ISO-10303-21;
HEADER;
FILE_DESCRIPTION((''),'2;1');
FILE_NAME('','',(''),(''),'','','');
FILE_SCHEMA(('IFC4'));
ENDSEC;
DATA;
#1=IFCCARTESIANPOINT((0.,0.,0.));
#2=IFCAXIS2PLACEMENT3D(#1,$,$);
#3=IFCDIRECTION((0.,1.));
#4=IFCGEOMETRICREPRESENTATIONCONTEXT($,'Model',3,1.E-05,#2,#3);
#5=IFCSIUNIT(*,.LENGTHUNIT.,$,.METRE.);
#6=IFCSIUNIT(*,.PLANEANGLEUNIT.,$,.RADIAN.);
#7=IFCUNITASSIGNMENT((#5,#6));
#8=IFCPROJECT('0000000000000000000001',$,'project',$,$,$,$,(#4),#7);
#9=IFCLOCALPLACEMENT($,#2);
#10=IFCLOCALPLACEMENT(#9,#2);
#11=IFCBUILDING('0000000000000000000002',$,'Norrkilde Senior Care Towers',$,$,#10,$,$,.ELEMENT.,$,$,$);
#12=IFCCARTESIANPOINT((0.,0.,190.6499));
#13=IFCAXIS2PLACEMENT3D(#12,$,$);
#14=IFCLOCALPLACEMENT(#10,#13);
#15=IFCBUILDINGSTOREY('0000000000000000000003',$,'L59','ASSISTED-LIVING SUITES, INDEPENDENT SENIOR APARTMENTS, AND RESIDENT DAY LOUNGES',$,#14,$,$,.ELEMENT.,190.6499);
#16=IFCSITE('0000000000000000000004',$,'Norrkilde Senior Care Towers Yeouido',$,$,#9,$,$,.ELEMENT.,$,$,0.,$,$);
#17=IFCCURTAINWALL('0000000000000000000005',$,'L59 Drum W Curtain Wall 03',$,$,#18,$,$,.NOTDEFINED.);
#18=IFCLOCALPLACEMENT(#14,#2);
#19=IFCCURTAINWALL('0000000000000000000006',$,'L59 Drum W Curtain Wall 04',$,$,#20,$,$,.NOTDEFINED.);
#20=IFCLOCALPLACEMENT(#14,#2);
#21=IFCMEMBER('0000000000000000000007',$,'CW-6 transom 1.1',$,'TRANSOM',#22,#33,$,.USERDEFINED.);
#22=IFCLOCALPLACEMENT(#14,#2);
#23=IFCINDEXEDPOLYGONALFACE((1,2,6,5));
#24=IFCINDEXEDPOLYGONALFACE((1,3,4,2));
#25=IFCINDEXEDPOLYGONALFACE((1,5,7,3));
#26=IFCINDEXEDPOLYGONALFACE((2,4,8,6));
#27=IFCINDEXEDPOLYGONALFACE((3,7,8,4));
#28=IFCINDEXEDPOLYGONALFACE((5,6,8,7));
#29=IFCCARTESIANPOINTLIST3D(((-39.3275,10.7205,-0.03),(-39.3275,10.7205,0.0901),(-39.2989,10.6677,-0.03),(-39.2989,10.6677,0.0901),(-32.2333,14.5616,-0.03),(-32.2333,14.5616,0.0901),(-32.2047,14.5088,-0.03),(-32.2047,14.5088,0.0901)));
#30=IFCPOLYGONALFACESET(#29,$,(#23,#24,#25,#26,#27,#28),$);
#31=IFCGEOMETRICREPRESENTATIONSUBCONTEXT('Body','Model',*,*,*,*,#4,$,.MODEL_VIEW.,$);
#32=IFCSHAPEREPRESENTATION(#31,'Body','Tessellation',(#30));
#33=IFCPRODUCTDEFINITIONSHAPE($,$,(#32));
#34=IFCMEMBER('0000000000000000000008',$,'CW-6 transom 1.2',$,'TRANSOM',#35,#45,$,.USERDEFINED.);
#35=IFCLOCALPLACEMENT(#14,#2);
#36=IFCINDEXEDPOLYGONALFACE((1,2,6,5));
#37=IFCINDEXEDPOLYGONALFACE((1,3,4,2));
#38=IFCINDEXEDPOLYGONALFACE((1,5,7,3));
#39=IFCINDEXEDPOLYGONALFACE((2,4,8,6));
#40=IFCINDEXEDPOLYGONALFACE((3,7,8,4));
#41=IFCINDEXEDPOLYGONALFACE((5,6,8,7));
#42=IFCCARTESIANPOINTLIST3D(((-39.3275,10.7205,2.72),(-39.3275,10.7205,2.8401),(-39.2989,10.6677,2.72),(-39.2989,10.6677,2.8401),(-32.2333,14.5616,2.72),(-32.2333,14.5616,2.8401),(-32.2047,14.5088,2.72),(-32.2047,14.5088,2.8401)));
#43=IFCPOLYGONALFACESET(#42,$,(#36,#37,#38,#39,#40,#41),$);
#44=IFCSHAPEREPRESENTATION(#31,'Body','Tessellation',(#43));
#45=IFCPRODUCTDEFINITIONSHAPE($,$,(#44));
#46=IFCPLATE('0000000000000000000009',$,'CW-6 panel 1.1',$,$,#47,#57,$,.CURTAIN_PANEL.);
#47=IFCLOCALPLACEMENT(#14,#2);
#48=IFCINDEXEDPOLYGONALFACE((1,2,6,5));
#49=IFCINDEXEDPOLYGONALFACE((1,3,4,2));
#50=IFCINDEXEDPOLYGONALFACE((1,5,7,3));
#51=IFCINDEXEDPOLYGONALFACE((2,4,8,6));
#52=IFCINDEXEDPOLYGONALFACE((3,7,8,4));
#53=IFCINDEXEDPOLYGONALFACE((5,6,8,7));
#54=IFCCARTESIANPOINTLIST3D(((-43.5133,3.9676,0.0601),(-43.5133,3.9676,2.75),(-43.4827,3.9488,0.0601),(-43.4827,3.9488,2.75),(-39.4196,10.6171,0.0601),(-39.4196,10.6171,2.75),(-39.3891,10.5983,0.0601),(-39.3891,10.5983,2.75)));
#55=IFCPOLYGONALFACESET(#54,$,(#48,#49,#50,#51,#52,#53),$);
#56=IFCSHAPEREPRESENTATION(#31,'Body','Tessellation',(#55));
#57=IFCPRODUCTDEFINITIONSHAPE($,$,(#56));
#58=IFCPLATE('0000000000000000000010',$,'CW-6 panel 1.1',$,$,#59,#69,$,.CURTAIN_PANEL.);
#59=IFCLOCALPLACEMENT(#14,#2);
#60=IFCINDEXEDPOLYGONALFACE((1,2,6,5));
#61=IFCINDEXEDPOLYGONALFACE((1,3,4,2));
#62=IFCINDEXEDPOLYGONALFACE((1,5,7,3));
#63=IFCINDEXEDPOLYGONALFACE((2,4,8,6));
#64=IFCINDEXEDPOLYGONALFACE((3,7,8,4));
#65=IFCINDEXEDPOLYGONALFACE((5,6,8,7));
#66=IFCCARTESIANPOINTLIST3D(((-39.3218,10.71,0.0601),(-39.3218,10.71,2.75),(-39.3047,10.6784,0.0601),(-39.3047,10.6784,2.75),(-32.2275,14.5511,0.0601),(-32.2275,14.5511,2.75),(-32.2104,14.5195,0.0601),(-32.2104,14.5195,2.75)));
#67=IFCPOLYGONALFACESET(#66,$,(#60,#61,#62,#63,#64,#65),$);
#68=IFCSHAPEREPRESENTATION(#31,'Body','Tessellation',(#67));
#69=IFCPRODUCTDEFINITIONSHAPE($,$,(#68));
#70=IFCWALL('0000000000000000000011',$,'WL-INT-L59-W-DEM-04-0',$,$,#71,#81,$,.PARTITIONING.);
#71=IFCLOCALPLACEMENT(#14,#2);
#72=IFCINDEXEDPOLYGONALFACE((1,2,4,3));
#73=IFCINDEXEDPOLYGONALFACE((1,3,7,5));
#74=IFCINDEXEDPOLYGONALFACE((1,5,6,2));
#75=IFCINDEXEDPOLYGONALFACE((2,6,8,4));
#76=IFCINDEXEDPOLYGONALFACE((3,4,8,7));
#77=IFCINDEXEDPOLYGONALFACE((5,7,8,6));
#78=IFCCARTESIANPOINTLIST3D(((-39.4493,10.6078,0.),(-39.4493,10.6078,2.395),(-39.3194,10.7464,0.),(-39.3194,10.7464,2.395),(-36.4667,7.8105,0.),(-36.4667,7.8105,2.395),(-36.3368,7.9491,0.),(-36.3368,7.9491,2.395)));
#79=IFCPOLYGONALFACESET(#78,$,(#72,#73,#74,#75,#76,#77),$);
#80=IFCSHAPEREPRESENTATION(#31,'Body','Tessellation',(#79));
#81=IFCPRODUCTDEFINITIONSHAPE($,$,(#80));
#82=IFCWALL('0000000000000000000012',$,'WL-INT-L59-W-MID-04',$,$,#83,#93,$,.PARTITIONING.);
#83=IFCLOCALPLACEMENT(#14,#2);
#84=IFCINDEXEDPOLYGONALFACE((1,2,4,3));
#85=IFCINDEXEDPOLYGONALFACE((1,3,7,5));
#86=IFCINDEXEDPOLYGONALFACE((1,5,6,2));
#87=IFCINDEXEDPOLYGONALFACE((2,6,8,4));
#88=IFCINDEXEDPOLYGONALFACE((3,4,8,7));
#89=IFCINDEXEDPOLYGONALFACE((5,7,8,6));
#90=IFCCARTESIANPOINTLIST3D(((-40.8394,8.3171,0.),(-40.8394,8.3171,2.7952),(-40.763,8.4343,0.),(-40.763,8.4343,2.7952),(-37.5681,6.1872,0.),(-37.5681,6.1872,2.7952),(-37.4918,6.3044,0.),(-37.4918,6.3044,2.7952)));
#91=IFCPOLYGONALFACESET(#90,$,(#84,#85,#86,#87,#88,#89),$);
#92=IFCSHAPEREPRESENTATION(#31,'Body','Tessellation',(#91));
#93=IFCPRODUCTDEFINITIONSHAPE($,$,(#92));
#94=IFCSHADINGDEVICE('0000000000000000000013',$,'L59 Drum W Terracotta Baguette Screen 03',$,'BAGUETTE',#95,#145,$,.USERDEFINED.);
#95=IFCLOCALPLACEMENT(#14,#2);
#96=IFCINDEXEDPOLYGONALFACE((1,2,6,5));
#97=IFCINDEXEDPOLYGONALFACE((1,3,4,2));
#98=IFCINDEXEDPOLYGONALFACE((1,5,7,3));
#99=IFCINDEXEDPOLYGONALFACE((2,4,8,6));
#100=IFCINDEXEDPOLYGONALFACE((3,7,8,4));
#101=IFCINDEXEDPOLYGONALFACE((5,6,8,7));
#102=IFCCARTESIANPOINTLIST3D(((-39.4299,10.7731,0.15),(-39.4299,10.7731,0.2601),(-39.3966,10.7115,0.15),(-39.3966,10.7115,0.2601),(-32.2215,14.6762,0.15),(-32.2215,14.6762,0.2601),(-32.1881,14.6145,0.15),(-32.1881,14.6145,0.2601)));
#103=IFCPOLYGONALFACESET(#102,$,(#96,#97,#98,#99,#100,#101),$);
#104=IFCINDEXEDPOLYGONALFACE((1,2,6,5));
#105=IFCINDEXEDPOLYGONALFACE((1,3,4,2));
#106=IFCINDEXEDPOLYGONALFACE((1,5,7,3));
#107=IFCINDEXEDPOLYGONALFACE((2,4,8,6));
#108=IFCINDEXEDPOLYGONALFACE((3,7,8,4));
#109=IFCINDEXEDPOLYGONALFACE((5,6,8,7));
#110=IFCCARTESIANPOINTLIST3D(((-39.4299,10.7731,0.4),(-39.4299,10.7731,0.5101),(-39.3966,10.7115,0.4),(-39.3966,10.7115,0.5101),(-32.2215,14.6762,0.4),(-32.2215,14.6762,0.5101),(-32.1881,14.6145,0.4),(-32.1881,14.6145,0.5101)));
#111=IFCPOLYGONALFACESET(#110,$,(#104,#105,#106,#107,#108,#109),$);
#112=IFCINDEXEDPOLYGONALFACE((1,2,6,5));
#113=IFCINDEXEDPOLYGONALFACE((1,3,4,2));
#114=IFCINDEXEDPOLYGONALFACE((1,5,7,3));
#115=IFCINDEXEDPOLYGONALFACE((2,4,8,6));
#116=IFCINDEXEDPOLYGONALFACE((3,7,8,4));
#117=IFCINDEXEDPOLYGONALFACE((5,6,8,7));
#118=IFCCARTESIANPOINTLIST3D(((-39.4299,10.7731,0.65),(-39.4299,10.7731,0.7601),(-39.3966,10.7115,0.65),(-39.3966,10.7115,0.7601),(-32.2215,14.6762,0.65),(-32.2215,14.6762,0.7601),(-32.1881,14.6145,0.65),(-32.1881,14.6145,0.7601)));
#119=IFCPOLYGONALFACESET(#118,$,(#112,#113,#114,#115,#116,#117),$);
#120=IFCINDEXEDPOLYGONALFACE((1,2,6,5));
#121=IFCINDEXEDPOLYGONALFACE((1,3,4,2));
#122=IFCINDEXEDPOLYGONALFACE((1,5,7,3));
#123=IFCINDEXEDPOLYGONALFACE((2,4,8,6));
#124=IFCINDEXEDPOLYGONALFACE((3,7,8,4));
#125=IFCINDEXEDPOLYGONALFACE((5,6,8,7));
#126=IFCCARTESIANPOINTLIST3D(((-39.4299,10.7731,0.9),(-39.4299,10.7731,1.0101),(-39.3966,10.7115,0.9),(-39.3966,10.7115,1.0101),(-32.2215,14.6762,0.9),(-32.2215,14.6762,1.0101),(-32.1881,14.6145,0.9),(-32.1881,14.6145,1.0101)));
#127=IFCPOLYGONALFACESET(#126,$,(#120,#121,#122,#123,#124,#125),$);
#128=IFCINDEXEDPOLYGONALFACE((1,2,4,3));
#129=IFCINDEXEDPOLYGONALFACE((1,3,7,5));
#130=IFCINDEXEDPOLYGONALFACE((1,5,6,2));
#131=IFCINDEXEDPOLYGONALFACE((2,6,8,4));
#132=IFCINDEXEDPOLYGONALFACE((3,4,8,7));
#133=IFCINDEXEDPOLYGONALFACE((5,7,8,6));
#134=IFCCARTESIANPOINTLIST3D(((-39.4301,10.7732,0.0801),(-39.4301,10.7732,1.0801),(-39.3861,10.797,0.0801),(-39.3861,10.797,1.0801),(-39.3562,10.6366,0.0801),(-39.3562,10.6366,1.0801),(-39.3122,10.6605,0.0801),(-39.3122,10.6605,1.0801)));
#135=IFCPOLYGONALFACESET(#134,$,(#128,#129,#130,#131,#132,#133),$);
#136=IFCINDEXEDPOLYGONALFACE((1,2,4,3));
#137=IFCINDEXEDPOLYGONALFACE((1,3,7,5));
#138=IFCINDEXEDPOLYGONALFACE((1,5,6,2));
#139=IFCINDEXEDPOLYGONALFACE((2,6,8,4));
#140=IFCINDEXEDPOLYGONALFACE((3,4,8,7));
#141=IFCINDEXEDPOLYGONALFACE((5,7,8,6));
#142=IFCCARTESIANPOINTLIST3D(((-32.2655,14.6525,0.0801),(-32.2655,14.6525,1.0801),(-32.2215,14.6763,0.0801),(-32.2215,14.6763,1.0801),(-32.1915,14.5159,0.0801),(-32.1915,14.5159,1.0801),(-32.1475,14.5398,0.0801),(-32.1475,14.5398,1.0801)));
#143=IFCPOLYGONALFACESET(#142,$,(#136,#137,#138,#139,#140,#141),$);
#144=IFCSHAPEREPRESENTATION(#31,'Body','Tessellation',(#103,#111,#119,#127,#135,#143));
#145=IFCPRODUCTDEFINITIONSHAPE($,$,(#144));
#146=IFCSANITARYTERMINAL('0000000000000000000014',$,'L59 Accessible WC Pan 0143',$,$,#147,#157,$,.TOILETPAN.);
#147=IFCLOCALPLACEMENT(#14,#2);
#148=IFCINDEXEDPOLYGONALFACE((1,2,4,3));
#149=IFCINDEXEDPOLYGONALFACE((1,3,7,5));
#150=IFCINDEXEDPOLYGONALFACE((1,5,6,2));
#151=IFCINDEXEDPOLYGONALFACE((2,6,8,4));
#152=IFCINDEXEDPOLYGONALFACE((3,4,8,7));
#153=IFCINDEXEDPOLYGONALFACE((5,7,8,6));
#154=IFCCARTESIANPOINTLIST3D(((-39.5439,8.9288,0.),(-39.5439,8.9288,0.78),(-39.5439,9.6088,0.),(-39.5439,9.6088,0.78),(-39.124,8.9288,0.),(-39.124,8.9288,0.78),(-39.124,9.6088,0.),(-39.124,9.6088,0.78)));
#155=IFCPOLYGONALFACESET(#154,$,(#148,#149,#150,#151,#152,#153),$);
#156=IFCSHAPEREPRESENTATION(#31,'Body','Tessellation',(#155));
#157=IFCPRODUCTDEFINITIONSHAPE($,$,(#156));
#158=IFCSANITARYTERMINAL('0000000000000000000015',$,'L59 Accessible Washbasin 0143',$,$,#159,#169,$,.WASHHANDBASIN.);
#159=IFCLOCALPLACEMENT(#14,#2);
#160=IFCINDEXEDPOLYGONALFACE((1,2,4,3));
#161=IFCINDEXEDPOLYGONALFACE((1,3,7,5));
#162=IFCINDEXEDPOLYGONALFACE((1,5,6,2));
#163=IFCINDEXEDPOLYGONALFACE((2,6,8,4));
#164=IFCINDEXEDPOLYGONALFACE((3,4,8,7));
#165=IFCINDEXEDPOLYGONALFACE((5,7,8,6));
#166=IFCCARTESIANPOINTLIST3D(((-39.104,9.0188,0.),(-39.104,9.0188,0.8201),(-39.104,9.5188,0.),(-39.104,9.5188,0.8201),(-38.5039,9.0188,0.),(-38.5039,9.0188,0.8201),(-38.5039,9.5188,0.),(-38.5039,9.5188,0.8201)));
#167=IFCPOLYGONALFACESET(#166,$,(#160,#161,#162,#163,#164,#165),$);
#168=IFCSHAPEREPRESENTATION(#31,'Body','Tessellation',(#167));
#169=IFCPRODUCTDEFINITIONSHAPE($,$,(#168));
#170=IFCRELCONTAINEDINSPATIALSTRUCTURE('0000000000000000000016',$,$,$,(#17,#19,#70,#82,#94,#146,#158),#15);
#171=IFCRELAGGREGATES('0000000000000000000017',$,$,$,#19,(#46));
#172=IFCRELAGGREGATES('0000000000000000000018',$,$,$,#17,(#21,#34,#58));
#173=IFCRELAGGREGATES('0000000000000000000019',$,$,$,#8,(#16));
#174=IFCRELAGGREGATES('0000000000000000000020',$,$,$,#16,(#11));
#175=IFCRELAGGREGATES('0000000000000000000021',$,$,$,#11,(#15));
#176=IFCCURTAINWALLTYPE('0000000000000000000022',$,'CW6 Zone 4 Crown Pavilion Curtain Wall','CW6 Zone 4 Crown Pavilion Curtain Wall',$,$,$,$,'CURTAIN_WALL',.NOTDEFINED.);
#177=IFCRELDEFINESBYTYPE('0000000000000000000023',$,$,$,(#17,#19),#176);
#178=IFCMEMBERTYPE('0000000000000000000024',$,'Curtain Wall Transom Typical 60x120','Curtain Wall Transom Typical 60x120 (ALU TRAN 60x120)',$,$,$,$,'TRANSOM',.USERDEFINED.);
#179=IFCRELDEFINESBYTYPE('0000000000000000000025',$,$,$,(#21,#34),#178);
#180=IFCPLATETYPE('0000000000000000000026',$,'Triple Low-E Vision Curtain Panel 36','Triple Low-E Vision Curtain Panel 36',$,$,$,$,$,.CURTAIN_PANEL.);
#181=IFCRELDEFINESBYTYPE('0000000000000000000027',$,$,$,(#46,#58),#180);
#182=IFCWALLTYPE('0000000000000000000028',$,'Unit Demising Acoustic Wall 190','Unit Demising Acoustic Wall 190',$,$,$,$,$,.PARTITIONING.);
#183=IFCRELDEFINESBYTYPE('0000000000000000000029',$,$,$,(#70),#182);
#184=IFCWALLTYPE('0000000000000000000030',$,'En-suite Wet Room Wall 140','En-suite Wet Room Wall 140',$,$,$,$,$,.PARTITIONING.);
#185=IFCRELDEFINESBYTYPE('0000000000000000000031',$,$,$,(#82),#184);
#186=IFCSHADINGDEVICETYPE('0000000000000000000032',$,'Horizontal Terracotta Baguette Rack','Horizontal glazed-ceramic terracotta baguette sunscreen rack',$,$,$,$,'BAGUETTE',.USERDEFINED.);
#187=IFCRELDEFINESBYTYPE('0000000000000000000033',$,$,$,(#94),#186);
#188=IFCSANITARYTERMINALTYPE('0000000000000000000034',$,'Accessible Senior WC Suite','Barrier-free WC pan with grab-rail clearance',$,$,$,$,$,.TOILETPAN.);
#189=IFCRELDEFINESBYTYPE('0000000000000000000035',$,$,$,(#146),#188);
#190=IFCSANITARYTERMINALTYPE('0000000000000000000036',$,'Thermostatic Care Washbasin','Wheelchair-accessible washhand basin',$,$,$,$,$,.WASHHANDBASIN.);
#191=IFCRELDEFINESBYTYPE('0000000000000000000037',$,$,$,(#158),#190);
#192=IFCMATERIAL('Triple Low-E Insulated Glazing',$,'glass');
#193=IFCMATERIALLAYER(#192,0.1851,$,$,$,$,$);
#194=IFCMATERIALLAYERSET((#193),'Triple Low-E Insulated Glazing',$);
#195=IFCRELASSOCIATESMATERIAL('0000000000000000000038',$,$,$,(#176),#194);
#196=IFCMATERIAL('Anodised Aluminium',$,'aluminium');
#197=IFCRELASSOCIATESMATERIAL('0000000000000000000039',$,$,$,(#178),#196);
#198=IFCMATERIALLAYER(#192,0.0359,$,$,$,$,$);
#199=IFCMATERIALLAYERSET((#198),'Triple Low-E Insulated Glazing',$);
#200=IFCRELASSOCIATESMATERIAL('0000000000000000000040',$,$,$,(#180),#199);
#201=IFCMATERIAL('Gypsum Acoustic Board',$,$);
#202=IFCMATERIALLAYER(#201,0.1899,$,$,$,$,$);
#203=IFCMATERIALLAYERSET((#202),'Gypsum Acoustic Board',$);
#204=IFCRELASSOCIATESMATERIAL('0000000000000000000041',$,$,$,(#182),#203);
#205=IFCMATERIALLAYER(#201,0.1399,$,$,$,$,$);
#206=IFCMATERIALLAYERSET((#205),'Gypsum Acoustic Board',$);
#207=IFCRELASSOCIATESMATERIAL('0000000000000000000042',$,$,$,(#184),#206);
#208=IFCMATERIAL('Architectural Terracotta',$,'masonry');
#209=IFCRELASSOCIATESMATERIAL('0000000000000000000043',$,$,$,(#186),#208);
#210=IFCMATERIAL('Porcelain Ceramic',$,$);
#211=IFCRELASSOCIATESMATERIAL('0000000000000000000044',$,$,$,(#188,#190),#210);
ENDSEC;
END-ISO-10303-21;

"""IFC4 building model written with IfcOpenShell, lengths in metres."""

from ifc_helpers import new_model, si_unit, direction, frame, frame_2d, origin, origin_2d, place, context, subcontext, project, spatial, rectangle, extrude, source, transform, mapped, material, layer, layer_set, material_profile, profile_set, type_object, type_shapes, element, aggregate, save


model = new_model("IFC4")

# Units and contexts
model_context = context("Model", 3, precision=1e-05, world=origin(), true_north=direction((0.0, 1.0)))
body_context = subcontext(model_context, "Body", "Model", "MODEL_VIEW")
ifc_project = project(units=[si_unit("LENGTHUNIT", "METRE"), si_unit("PLANEANGLEUNIT", "RADIAN")], contexts=[model_context])

# Site, building, storey
site_placement = place(None, origin())
site = spatial("IfcSite", under=ifc_project, at=site_placement, Name="Norrkilde Senior Care Towers Yeouido", CompositionType="ELEMENT", RefElevation=0.0)
building_placement = place(site_placement, origin())
building = spatial("IfcBuilding", under=site, at=building_placement, Name="Norrkilde Senior Care Towers", CompositionType="ELEMENT")
storey_placement = place(building_placement, frame((0.0, 0.0, 190.6499)))
storey = spatial("IfcBuildingStorey", under=building, at=storey_placement, Name="L59", Description="ASSISTED-LIVING SUITES, INDEPENDENT SENIOR APARTMENTS, AND RESIDENT DAY LOUNGES", CompositionType="ELEMENT", Elevation=190.6499)

# Curtain walls
ifc_material_1 = material(Name="Triple Low-E Insulated Glazing", Category="glass")
ifc_layer_1 = layer(ifc_material_1, 0.1851)
ifc_layer_set_1 = layer_set([ifc_layer_1], Name="Triple Low-E Insulated Glazing")
curtain_wall_type = type_object("IfcCurtainWallType", Name="CW6 Zone 4 Crown Pavilion Curtain Wall", Description="CW6 Zone 4 Crown Pavilion Curtain Wall", ElementType="CURTAIN_WALL", PredefinedType="NOTDEFINED", material=ifc_layer_set_1)
curtain_wall_1_placement = place(storey_placement, origin())
curtain_wall_1 = element("IfcCurtainWall", 1, at=curtain_wall_1_placement, inside=storey, type_object=curtain_wall_type, Name="L59 Drum W Curtain Wall 03", PredefinedType="NOTDEFINED")
ifc_material_2 = material(Name="Anodised Aluminium", Category="aluminium")
curtain_wall_2_placement = place(storey_placement, origin())
curtain_wall_2 = element("IfcCurtainWall", 2, at=curtain_wall_2_placement, inside=storey, type_object=curtain_wall_type, Name="L59 Drum W Curtain Wall 04", PredefinedType="NOTDEFINED")

# Members
ifc_material_profile_1 = material_profile(ifc_material_2, rectangle(XDim=0.0601, YDim=0.1201, at=origin_2d()), Name="ALU TRAN 60x120")
ifc_profile_set_1 = profile_set([ifc_material_profile_1], Name="Anodised Aluminium")
member_type_1 = type_object("IfcMemberType", Name="Curtain Wall Transom Typical 60x120", Description="Curtain Wall Transom Typical 60x120 (ALU TRAN 60x120)", ElementType="TRANSOM", PredefinedType="USERDEFINED", material=ifc_profile_set_1)
shared_shape_1 = source(origin(), body_context, "Body", "SweptSolid", [
    extrude(rectangle(XDim=0.0601, YDim=0.1201, at=origin_2d()), origin(), (0.0, 0.0, 1.0), 8.0674),
])
type_shapes(member_type_1, [shared_shape_1])
member_1_placement = place(storey_placement, frame((-39.3132, 10.6941, 0.03), z_axis=(0.879378, 0.476125, 0.0), x_axis=(-0.476125, 0.879378, 0.0)))
member_1 = element("IfcMember", 3, at=member_1_placement, type_object=member_type_1, Name="CW-6 transom 1.1", ObjectType="TRANSOM", PredefinedType="USERDEFINED", context=body_context, shape_type="MappedRepresentation", body=[
    mapped(shared_shape_1, transform((0.0, 0.0, 0.0), x_axis=(1.0, 0.0, 0.0), y_axis=(0.0, 1.0, 0.0), z_axis=(0.0, 0.0, 1.0), scale=1.0)),
])
member_2_placement = place(storey_placement, frame((-39.3132, 10.6941, 2.78), z_axis=(0.879378, 0.476125, 0.0), x_axis=(-0.476125, 0.879378, 0.0)))
member_2 = element("IfcMember", 4, at=member_2_placement, type_object=member_type_1, Name="CW-6 transom 1.2", ObjectType="TRANSOM", PredefinedType="USERDEFINED", context=body_context, shape_type="MappedRepresentation", body=[
    mapped(shared_shape_1, transform((0.0, 0.0, 0.0), x_axis=(1.0, 0.0, 0.0), y_axis=(0.0, 1.0, 0.0), z_axis=(0.0, 0.0, 1.0), scale=1.0)),
])

# Plates
ifc_layer_2 = layer(ifc_material_1, 0.0359)
ifc_layer_set_2 = layer_set([ifc_layer_2], Name="Triple Low-E Insulated Glazing")
plate_type = type_object("IfcPlateType", Name="Triple Low-E Vision Curtain Panel 36", Description="Triple Low-E Vision Curtain Panel 36", PredefinedType="CURTAIN_PANEL", material=ifc_layer_set_2)
shared_shape_2 = source(origin(), body_context, "Body", "SweptSolid", [
    extrude(rectangle(XDim=7.8086, YDim=0.0359, at=origin_2d()), origin(), (0.0, 0.0, 1.0), 2.6899),
])
plate_1_placement = place(storey_placement, frame((-41.4512, 7.283, 0.0601), z_axis=(0.0, 0.0, 1.0), x_axis=(0.524253, 0.851563, 0.0)))
plate_1 = element("IfcPlate", 5, at=plate_1_placement, type_object=plate_type, Name="CW-6 panel 1.1", PredefinedType="CURTAIN_PANEL", context=body_context, shape_type="MappedRepresentation", body=[
    mapped(shared_shape_2, transform((0.0, 0.0, 0.0), x_axis=(1.0, 0.0, 0.0), y_axis=(0.0, 1.0, 0.0), z_axis=(0.0, 0.0, 1.0), scale=1.0)),
])
aggregate(curtain_wall_2, [plate_1])
shared_shape_3 = source(origin(), body_context, "Body", "SweptSolid", [
    extrude(rectangle(XDim=8.0674, YDim=0.0359, at=origin_2d()), origin(), (0.0, 0.0, 1.0), 2.6899),
])
type_shapes(plate_type, [shared_shape_2, shared_shape_3])
plate_2_placement = place(storey_placement, frame((-35.7661, 12.6147, 0.0601), z_axis=(0.0, 0.0, 1.0), x_axis=(0.879373, 0.476133, 0.0)))
plate_2 = element("IfcPlate", 6, at=plate_2_placement, type_object=plate_type, Name="CW-6 panel 1.1", PredefinedType="CURTAIN_PANEL", context=body_context, shape_type="MappedRepresentation", body=[
    mapped(shared_shape_3, transform((0.0, 0.0, 0.0), x_axis=(1.0, 0.0, 0.0), y_axis=(0.0, 1.0, 0.0), z_axis=(0.0, 0.0, 1.0), scale=1.0)),
])
aggregate(curtain_wall_1, [member_1, member_2, plate_2])

# Shared definitions
ifc_material_3 = material(Name="Gypsum Acoustic Board")

# Walls
ifc_layer_3 = layer(ifc_material_3, 0.1899)
ifc_layer_set_3 = layer_set([ifc_layer_3], Name="Gypsum Acoustic Board")
wall_type_1 = type_object("IfcWallType", Name="Unit Demising Acoustic Wall 190", Description="Unit Demising Acoustic Wall 190", PredefinedType="PARTITIONING", material=ifc_layer_set_3)
shared_shape_4 = source(origin(), body_context, "Body", "SweptSolid", [
    extrude(rectangle(XDim=4.0891, YDim=0.1899, at=frame_2d((2.0444, 0.0))), origin(), (0.0, 0.0, 1.0), 2.395),
])
type_shapes(wall_type_1, [shared_shape_4])
wall_1_placement = place(storey_placement, frame((-36.4019, 7.8799, 0.0), z_axis=(0.0, 0.0, 1.0), x_axis=(-0.729401, 0.684086, 0.0)))
element("IfcWall", 7, at=wall_1_placement, inside=storey, type_object=wall_type_1, Name="WL-INT-L59-W-DEM-04-0", PredefinedType="PARTITIONING", context=body_context, shape_type="MappedRepresentation", body=[
    mapped(shared_shape_4, transform((0.0, 0.0, 0.0), x_axis=(1.0, 0.0, 0.0), y_axis=(0.0, 1.0, 0.0), z_axis=(0.0, 0.0, 1.0), scale=1.0)),
])
ifc_layer_4 = layer(ifc_material_3, 0.1399)
ifc_layer_set_4 = layer_set([ifc_layer_4], Name="Gypsum Acoustic Board")
wall_type_2 = type_object("IfcWallType", Name="En-suite Wet Room Wall 140", Description="En-suite Wet Room Wall 140", PredefinedType="PARTITIONING", material=ifc_layer_set_4)
shared_shape_5 = source(origin(), body_context, "Body", "SweptSolid", [
    extrude(rectangle(XDim=3.9036, YDim=0.1399, at=frame_2d((1.9517, 0.0))), origin(), (0.0, 0.0, 1.0), 2.7952),
])
type_shapes(wall_type_2, [shared_shape_5])
wall_2_placement = place(storey_placement, frame((-37.53, 6.2458, 0.0), z_axis=(0.0, 0.0, 1.0), x_axis=(-0.838025, 0.545632, 0.0)))
element("IfcWall", 8, at=wall_2_placement, inside=storey, type_object=wall_type_2, Name="WL-INT-L59-W-MID-04", PredefinedType="PARTITIONING", context=body_context, shape_type="MappedRepresentation", body=[
    mapped(shared_shape_5, transform((0.0, 0.0, 0.0), x_axis=(1.0, 0.0, 0.0), y_axis=(0.0, 1.0, 0.0), z_axis=(0.0, 0.0, 1.0), scale=1.0)),
])

# Shading device
ifc_material_4 = material(Name="Architectural Terracotta", Category="masonry")
shading_device_type = type_object("IfcShadingDeviceType", Name="Horizontal Terracotta Baguette Rack", Description="Horizontal glazed-ceramic terracotta baguette sunscreen rack", ElementType="BAGUETTE", PredefinedType="USERDEFINED", material=ifc_material_4)
shared_shape_6 = source(origin(), body_context, "Body", "SweptSolid", [
    extrude(rectangle(XDim=0.0701, YDim=0.1101, at=origin_2d()), frame((0.0, 0.0901, 0.125), z_axis=(1.0, 0.0, 0.0), x_axis=(0.0, 1.0, 0.0)), (0.0, 0.0, 1.0), 8.1973),
    extrude(rectangle(XDim=0.0701, YDim=0.1101, at=origin_2d()), frame((0.0, 0.0901, 0.375), z_axis=(1.0, 0.0, 0.0), x_axis=(0.0, 1.0, 0.0)), (0.0, 0.0, 1.0), 8.1973),
    extrude(rectangle(XDim=0.0701, YDim=0.1101, at=origin_2d()), frame((0.0, 0.0901, 0.625), z_axis=(1.0, 0.0, 0.0), x_axis=(0.0, 1.0, 0.0)), (0.0, 0.0, 1.0), 8.1973),
    extrude(rectangle(XDim=0.0701, YDim=0.1101, at=origin_2d()), frame((0.0, 0.0901, 0.875), z_axis=(1.0, 0.0, 0.0), x_axis=(0.0, 1.0, 0.0)), (0.0, 0.0, 1.0), 8.1973),
    extrude(rectangle(XDim=0.05, YDim=0.1553, at=origin_2d()), frame((0.0249, 0.0476, 0.0)), (0.0, 0.0, 1.0), 1.0),
    extrude(rectangle(XDim=0.05, YDim=0.1553, at=origin_2d()), frame((8.1724, 0.0476, 0.0)), (0.0, 0.0, 1.0), 1.0),
])
type_shapes(shading_device_type, [shared_shape_6])
shading_device_placement = place(storey_placement, frame((-39.3704, 10.6631, 0.0801), z_axis=(0.0, 0.0, 1.0), x_axis=(0.879378, 0.476144, 0.0)))
element("IfcShadingDevice", 9, at=shading_device_placement, inside=storey, type_object=shading_device_type, Name="L59 Drum W Terracotta Baguette Screen 03", ObjectType="BAGUETTE", PredefinedType="USERDEFINED", context=body_context, shape_type="MappedRepresentation", body=[
    mapped(shared_shape_6, transform((0.0, 0.0, 0.0), x_axis=(1.0, 0.0, 0.0), y_axis=(0.0, 1.0, 0.0), z_axis=(0.0, 0.0, 1.0), scale=1.0)),
])

# Sanitary terminals
ifc_material_5 = material(Name="Porcelain Ceramic")
sanitary_terminal_type_1 = type_object("IfcSanitaryTerminalType", Name="Accessible Senior WC Suite", Description="Barrier-free WC pan with grab-rail clearance", PredefinedType="TOILETPAN", material=ifc_material_5)
shared_shape_7 = source(origin(), body_context, "Body", "SweptSolid", [
    extrude(rectangle(XDim=0.4199, YDim=0.6799, at=origin_2d()), origin(), (0.0, 0.0, 1.0), 0.78),
])
type_shapes(sanitary_terminal_type_1, [shared_shape_7])
sanitary_terminal_1_placement = place(storey_placement, frame((-39.334, 9.2688, 0.0), z_axis=(0.0, 0.0, 1.0), x_axis=(1.0, 0.0, 0.0)))
element("IfcSanitaryTerminal", 10, at=sanitary_terminal_1_placement, inside=storey, type_object=sanitary_terminal_type_1, Name="L59 Accessible WC Pan 0143", PredefinedType="TOILETPAN", context=body_context, shape_type="MappedRepresentation", body=[
    mapped(shared_shape_7, transform((0.0, 0.0, 0.0), x_axis=(1.0, 0.0, 0.0), y_axis=(0.0, 1.0, 0.0), z_axis=(0.0, 0.0, 1.0), scale=1.0)),
])
sanitary_terminal_type_2 = type_object("IfcSanitaryTerminalType", Name="Thermostatic Care Washbasin", Description="Wheelchair-accessible washhand basin", PredefinedType="WASHHANDBASIN", material=ifc_material_5)
shared_shape_8 = source(origin(), body_context, "Body", "SweptSolid", [
    extrude(rectangle(XDim=0.6001, YDim=0.5, at=origin_2d()), origin(), (0.0, 0.0, 1.0), 0.8201),
])
type_shapes(sanitary_terminal_type_2, [shared_shape_8])
sanitary_terminal_2_placement = place(storey_placement, frame((-38.804, 9.2688, 0.0), z_axis=(0.0, 0.0, 1.0), x_axis=(1.0, 0.0, 0.0)))
element("IfcSanitaryTerminal", 11, at=sanitary_terminal_2_placement, inside=storey, type_object=sanitary_terminal_type_2, Name="L59 Accessible Washbasin 0143", PredefinedType="WASHHANDBASIN", context=body_context, shape_type="MappedRepresentation", body=[
    mapped(shared_shape_8, transform((0.0, 0.0, 0.0), x_axis=(1.0, 0.0, 0.0), y_axis=(0.0, 1.0, 0.0), z_axis=(0.0, 0.0, 1.0), scale=1.0)),
])

save(model, "model.ifc")
